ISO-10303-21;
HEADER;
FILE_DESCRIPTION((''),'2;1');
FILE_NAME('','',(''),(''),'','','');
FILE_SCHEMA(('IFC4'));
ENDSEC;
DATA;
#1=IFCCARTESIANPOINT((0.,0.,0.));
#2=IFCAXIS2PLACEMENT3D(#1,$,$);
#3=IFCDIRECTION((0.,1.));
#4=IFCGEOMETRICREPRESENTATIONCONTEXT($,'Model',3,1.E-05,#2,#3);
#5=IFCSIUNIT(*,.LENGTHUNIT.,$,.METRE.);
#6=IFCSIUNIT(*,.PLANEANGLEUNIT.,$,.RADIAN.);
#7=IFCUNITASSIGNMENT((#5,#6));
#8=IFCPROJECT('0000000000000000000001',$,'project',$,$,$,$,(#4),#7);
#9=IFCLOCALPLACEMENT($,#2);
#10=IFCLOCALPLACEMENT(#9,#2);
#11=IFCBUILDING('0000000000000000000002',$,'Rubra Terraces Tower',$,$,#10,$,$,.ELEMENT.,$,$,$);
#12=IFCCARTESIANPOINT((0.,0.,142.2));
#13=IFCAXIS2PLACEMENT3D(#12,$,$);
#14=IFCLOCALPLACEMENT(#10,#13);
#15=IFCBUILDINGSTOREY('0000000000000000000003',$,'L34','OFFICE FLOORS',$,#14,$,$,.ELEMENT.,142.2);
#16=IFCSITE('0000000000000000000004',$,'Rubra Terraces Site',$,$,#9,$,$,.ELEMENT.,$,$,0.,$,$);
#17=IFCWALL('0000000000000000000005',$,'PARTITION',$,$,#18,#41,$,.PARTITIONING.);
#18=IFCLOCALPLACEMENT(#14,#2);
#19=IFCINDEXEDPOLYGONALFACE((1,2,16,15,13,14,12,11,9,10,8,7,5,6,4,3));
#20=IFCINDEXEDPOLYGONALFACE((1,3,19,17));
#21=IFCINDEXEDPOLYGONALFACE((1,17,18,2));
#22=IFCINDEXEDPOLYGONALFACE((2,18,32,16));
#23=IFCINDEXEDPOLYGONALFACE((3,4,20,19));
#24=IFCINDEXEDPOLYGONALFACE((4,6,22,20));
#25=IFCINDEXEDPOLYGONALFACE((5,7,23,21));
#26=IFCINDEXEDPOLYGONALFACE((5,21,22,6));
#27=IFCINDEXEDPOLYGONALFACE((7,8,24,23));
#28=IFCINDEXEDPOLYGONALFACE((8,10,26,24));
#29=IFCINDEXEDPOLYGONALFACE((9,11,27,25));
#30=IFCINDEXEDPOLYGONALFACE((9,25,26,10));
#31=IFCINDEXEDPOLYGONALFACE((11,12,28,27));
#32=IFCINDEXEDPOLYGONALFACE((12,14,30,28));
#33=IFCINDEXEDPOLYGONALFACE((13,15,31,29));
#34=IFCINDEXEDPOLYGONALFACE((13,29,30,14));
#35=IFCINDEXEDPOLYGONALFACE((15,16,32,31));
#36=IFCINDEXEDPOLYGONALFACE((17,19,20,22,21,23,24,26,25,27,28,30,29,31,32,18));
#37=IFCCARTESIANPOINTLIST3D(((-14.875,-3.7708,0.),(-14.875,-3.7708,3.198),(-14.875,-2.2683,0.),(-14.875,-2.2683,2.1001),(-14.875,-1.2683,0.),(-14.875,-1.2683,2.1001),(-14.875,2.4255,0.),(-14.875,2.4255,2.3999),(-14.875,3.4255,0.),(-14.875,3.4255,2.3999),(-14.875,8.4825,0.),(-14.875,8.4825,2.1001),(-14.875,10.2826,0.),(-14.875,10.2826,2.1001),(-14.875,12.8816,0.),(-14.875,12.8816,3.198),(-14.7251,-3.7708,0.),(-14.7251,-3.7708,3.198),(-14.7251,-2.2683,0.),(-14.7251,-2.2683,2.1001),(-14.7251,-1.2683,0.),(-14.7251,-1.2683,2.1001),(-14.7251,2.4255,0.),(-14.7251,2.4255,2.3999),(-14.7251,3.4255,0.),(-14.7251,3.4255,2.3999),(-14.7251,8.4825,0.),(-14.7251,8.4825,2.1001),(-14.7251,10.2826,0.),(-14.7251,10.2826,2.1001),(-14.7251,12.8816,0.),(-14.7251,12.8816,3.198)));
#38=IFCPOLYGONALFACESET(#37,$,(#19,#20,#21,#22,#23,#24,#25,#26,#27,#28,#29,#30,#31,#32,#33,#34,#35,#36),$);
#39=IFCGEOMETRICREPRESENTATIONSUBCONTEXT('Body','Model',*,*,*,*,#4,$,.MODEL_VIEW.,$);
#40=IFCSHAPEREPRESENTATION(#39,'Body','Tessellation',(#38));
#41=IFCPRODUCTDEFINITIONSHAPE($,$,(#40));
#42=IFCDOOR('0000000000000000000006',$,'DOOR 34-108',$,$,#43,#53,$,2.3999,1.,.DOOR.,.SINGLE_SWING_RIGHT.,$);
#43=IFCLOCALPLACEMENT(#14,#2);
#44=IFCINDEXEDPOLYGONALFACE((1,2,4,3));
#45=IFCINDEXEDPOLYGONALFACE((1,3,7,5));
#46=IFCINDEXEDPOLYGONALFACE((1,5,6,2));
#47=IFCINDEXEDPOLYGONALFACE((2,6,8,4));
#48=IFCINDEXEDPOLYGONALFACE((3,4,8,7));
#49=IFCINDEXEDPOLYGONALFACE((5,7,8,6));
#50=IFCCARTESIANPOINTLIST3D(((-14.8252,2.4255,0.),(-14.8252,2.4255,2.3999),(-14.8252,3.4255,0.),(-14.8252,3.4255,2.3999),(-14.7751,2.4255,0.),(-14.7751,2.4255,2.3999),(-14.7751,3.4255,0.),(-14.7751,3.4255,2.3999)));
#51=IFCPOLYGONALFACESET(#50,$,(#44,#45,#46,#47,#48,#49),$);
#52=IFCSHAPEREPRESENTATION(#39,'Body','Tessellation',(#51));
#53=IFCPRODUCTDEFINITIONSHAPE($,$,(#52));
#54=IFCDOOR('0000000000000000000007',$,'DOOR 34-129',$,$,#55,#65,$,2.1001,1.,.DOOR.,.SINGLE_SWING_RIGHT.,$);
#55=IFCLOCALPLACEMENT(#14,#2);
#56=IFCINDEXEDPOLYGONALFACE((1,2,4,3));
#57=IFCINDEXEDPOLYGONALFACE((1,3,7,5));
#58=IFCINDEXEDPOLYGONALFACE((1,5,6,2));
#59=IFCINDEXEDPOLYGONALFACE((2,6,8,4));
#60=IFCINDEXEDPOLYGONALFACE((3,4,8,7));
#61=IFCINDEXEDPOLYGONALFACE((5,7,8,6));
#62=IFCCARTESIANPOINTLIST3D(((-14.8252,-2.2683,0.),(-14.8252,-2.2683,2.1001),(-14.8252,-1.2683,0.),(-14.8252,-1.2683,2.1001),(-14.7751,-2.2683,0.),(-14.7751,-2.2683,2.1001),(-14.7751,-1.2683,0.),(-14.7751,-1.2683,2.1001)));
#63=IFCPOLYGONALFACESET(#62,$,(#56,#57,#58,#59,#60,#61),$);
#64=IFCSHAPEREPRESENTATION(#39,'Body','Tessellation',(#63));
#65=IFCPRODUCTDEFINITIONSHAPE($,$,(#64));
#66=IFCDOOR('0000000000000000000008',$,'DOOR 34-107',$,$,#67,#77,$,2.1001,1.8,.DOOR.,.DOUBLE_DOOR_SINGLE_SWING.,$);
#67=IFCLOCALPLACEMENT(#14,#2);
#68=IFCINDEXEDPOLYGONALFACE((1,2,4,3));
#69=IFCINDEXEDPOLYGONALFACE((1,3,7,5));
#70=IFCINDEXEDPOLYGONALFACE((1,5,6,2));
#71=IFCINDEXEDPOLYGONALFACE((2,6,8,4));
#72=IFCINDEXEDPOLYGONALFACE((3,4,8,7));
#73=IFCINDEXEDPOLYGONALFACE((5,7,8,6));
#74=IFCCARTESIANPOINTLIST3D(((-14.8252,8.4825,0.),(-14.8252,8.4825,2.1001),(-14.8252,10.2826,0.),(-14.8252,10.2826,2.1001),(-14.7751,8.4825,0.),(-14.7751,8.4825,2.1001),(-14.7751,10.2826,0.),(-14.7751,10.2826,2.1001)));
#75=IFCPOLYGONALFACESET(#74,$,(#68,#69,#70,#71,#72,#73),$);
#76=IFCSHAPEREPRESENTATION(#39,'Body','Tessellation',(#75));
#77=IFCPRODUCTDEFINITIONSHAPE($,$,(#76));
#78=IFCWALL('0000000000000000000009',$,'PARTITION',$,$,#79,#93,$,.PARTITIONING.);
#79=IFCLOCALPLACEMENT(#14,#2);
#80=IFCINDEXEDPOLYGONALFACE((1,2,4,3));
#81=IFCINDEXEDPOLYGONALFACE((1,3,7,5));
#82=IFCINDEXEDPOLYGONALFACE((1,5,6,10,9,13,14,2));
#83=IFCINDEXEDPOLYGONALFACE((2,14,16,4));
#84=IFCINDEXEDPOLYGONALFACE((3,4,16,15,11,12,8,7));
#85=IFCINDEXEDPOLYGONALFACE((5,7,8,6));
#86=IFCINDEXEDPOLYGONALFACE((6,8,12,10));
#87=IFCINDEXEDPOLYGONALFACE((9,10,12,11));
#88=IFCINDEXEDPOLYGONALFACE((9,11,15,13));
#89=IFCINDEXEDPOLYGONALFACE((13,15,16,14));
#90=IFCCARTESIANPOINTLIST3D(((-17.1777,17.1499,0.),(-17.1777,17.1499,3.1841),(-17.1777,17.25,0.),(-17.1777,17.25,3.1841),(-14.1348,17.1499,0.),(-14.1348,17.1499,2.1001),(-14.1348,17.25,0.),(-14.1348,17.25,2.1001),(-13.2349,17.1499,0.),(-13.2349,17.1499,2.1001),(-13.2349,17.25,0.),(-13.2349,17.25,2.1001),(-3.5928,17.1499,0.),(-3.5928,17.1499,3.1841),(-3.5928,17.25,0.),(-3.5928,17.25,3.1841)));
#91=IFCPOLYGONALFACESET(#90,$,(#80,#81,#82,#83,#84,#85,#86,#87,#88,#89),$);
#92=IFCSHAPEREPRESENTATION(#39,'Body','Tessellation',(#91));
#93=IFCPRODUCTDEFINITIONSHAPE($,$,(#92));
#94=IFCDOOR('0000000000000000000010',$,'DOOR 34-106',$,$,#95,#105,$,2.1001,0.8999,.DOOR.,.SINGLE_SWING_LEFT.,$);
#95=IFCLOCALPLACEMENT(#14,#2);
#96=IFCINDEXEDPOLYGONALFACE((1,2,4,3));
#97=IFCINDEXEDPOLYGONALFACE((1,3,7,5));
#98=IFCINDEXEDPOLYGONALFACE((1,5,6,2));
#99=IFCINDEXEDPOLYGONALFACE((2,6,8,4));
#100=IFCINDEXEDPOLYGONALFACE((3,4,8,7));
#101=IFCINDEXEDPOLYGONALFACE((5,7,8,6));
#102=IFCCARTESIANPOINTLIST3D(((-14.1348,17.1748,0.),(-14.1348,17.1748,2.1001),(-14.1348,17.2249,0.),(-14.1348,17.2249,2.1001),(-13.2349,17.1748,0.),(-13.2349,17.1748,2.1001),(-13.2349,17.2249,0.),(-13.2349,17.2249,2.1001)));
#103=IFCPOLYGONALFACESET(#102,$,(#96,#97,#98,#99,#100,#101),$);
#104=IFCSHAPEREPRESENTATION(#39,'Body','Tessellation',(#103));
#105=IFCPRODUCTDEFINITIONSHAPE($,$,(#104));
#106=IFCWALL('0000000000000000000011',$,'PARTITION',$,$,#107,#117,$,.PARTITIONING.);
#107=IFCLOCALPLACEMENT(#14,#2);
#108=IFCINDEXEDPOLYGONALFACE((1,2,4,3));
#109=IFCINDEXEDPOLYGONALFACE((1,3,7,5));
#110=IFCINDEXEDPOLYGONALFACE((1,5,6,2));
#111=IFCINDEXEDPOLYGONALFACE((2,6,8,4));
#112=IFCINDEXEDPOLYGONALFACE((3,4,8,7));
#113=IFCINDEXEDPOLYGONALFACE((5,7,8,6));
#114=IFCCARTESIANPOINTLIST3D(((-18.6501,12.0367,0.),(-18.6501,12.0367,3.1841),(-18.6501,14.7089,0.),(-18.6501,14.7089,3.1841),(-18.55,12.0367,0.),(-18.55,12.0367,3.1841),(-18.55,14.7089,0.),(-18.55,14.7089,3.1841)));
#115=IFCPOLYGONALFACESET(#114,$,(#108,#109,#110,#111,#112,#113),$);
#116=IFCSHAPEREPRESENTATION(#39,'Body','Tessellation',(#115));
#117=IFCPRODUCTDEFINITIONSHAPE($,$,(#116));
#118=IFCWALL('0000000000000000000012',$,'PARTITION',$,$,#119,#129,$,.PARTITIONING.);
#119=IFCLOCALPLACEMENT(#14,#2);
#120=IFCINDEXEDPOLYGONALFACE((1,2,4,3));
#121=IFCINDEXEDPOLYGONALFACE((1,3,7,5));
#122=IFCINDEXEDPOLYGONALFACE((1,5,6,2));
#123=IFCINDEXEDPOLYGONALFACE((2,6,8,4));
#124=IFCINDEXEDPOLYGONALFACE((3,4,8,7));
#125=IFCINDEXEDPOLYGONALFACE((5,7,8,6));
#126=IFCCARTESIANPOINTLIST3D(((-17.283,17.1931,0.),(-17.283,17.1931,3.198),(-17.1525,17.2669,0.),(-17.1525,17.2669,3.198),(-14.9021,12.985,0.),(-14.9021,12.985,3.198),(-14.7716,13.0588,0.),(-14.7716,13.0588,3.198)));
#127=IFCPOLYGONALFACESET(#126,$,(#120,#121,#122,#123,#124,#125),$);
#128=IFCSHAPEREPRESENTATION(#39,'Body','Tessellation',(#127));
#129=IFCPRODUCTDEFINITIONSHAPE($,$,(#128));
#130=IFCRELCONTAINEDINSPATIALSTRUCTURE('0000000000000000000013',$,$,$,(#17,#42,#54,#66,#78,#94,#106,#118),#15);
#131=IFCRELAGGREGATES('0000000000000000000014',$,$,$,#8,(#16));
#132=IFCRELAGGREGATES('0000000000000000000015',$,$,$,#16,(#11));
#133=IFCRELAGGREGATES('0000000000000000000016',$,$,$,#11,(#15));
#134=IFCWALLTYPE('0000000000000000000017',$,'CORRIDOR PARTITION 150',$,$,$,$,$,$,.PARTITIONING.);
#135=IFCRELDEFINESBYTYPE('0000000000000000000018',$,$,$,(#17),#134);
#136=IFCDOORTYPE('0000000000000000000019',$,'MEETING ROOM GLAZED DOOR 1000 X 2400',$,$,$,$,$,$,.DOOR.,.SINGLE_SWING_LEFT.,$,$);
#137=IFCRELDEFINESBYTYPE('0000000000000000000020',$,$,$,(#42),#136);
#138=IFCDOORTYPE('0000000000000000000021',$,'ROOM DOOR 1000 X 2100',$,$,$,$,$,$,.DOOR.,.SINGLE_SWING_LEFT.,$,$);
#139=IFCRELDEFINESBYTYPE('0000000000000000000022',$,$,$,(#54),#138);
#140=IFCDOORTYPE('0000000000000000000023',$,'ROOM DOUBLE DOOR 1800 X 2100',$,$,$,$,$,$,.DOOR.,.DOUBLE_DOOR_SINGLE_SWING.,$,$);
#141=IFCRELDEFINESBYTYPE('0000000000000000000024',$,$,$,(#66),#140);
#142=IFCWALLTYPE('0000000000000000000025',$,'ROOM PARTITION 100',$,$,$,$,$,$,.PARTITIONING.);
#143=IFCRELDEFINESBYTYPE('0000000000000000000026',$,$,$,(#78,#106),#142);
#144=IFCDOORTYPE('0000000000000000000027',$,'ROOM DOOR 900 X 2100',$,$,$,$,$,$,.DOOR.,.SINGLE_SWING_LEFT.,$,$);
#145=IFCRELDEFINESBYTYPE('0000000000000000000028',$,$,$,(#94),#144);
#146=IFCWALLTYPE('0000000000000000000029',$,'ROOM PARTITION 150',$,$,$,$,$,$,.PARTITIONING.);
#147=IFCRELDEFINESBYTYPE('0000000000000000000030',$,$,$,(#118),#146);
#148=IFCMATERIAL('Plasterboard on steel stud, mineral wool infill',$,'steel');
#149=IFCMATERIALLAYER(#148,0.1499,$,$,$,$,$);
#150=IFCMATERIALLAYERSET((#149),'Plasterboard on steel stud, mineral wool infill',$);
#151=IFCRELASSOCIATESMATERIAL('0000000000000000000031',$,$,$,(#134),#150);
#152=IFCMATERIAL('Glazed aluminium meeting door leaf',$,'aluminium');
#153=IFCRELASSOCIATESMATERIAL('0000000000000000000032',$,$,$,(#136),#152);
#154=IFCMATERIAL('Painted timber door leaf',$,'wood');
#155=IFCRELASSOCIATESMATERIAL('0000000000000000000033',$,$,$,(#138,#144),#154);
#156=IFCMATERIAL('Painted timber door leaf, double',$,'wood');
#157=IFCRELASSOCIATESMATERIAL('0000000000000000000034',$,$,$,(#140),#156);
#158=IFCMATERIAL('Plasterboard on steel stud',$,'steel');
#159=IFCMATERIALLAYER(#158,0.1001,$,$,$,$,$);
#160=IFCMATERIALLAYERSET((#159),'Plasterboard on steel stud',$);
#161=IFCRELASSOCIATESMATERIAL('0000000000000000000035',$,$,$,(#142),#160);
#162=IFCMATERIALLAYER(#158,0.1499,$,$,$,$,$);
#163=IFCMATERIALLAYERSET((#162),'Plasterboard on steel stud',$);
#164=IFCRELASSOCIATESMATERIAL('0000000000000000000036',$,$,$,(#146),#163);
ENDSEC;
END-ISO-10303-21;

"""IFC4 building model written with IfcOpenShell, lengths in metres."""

from ifc_helpers import new_model, si_unit, direction, frame, frame_2d, origin, place, context, subcontext, project, spatial, rectangle, extrude, material, layer, layer_set, type_object, element, fill, save


model = new_model("IFC4")

# Units and contexts
model_context = context("Model", 3, precision=1e-05, world=origin(), true_north=direction((0.0, 1.0)))
body_context = subcontext(model_context, "Body", "Model", "MODEL_VIEW")
ifc_project = project(units=[si_unit("LENGTHUNIT", "METRE"), si_unit("PLANEANGLEUNIT", "RADIAN")], contexts=[model_context])

# Site, building, storey
site_placement = place(None, origin())
site = spatial("IfcSite", under=ifc_project, at=site_placement, Name="Rubra Terraces Site", CompositionType="ELEMENT", RefElevation=0.0)
building_placement = place(site_placement, origin())
building = spatial("IfcBuilding", under=site, at=building_placement, Name="Rubra Terraces Tower", CompositionType="ELEMENT")
storey_placement = place(building_placement, frame((0.0, 0.0, 142.2)))
storey = spatial("IfcBuildingStorey", under=building, at=storey_placement, Name="L34", Description="OFFICE FLOORS", CompositionType="ELEMENT", Elevation=142.2)

# Shared definitions
ifc_material_1 = material(Name="Plasterboard on steel stud, mineral wool infill", Category="steel")
ifc_layer_1 = layer(ifc_material_1, 0.1499)
ifc_layer_set_1 = layer_set([ifc_layer_1], Name="Plasterboard on steel stud, mineral wool infill")
wall_type_1 = type_object("IfcWallType", Name="CORRIDOR PARTITION 150", PredefinedType="PARTITIONING", material=ifc_layer_set_1)

# Wall, openings, doors
wall_1_placement = place(storey_placement, frame((-14.8, 12.8816, 0.0), z_axis=(0.0, 0.0, 1.0), x_axis=(0.0, -1.0, 0.0)))
wall_1 = element("IfcWall", 1, at=wall_1_placement, inside=storey, type_object=wall_type_1, Name="PARTITION", PredefinedType="PARTITIONING", context=body_context, shape_type="SweptSolid", body=[
    extrude(rectangle(XDim=16.6523, YDim=0.1499, at=frame_2d((8.3262, 0.0))), origin(), (0.0, 0.0, 1.0), 3.198),
])
opening_1_placement = place(wall_1_placement, frame((2.5991, 0.0, 0.0)))
opening_1 = element("IfcOpeningElement", 2, at=opening_1_placement, cuts=wall_1, PredefinedType="OPENING", context=body_context, shape_type="SweptSolid", body=[
    extrude(rectangle(XDim=1.8, YDim=2.1001, at=frame_2d((0.8999, 1.05))), frame((0.0, 0.085, 0.0), z_axis=(0.0, -1.0, 0.0), x_axis=(1.0, 0.0, 0.0)), (0.0, 0.0, 1.0), 0.1699),
])
opening_2_placement = place(wall_1_placement, frame((9.4561, 0.0, 0.0)))
opening_2 = element("IfcOpeningElement", 3, at=opening_2_placement, cuts=wall_1, PredefinedType="OPENING", context=body_context, shape_type="SweptSolid", body=[
    extrude(rectangle(XDim=1.0, YDim=2.3999, at=frame_2d((0.5, 1.2))), frame((0.0, 0.085, 0.0), z_axis=(0.0, -1.0, 0.0), x_axis=(1.0, 0.0, 0.0)), (0.0, 0.0, 1.0), 0.1699),
])
opening_3_placement = place(wall_1_placement, frame((14.1499, 0.0, 0.0)))
opening_3 = element("IfcOpeningElement", 4, at=opening_3_placement, cuts=wall_1, PredefinedType="OPENING", context=body_context, shape_type="SweptSolid", body=[
    extrude(rectangle(XDim=1.0, YDim=2.1001, at=frame_2d((0.5, 1.05))), frame((0.0, 0.085, 0.0), z_axis=(0.0, -1.0, 0.0), x_axis=(1.0, 0.0, 0.0)), (0.0, 0.0, 1.0), 0.1699),
])
ifc_material_2 = material(Name="Glazed aluminium meeting door leaf", Category="aluminium")
door_type_1 = type_object("IfcDoorType", Name="MEETING ROOM GLAZED DOOR 1000 X 2400", OperationType="SINGLE_SWING_LEFT", PredefinedType="DOOR", material=ifc_material_2)
door_1_placement = place(opening_2_placement, origin())
door_1 = element("IfcDoor", 5, at=door_1_placement, inside=storey, type_object=door_type_1, Name="DOOR 34-108", OperationType="SINGLE_SWING_RIGHT", OverallHeight=2.3999, OverallWidth=1.0, PredefinedType="DOOR", context=body_context, shape_type="SweptSolid", body=[
    extrude(rectangle(XDim=1.0, YDim=2.3999, at=frame_2d((0.5, 1.2))), frame((0.0, 0.0249, 0.0), z_axis=(0.0, -1.0, 0.0), x_axis=(1.0, 0.0, 0.0)), (0.0, 0.0, 1.0), 0.05),
])
fill(opening_2, door_1)
ifc_material_3 = material(Name="Painted timber door leaf", Category="wood")
door_type_2 = type_object("IfcDoorType", Name="ROOM DOOR 1000 X 2100", OperationType="SINGLE_SWING_LEFT", PredefinedType="DOOR", material=ifc_material_3)
door_2_placement = place(opening_3_placement, origin())
door_2 = element("IfcDoor", 6, at=door_2_placement, inside=storey, type_object=door_type_2, Name="DOOR 34-129", OperationType="SINGLE_SWING_RIGHT", OverallHeight=2.1001, OverallWidth=1.0, PredefinedType="DOOR", context=body_context, shape_type="SweptSolid", body=[
    extrude(rectangle(XDim=1.0, YDim=2.1001, at=frame_2d((0.5, 1.05))), frame((0.0, 0.0249, 0.0), z_axis=(0.0, -1.0, 0.0), x_axis=(1.0, 0.0, 0.0)), (0.0, 0.0, 1.0), 0.05),
])
fill(opening_3, door_2)
ifc_material_4 = material(Name="Painted timber door leaf, double", Category="wood")
door_type_3 = type_object("IfcDoorType", Name="ROOM DOUBLE DOOR 1800 X 2100", OperationType="DOUBLE_DOOR_SINGLE_SWING", PredefinedType="DOOR", material=ifc_material_4)
door_3_placement = place(opening_1_placement, origin())
door_3 = element("IfcDoor", 7, at=door_3_placement, inside=storey, type_object=door_type_3, Name="DOOR 34-107", OperationType="DOUBLE_DOOR_SINGLE_SWING", OverallHeight=2.1001, OverallWidth=1.8, PredefinedType="DOOR", context=body_context, shape_type="SweptSolid", body=[
    extrude(rectangle(XDim=1.8, YDim=2.1001, at=frame_2d((0.8999, 1.05))), frame((0.0, 0.0249, 0.0), z_axis=(0.0, -1.0, 0.0), x_axis=(1.0, 0.0, 0.0)), (0.0, 0.0, 1.0), 0.05),
])
fill(opening_1, door_3)

# Wall, opening, door
ifc_material_5 = material(Name="Plasterboard on steel stud", Category="steel")
ifc_layer_2 = layer(ifc_material_5, 0.1001)
ifc_layer_set_2 = layer_set([ifc_layer_2], Name="Plasterboard on steel stud")
wall_type_2 = type_object("IfcWallType", Name="ROOM PARTITION 100", PredefinedType="PARTITIONING", material=ifc_layer_set_2)
wall_2_placement = place(storey_placement, frame((-17.1777, 17.2, 0.0), z_axis=(0.0, 0.0, 1.0), x_axis=(1.0, 0.0, 0.0)))
wall_2 = element("IfcWall", 8, at=wall_2_placement, inside=storey, type_object=wall_type_2, Name="PARTITION", PredefinedType="PARTITIONING", context=body_context, shape_type="SweptSolid", body=[
    extrude(rectangle(XDim=13.585, YDim=0.1001, at=frame_2d((6.7925, 0.0))), origin(), (0.0, 0.0, 1.0), 3.1841),
])
opening_4_placement = place(wall_2_placement, frame((3.043, 0.0, 0.0)))
opening_4 = element("IfcOpeningElement", 9, at=opening_4_placement, cuts=wall_2, PredefinedType="OPENING", context=body_context, shape_type="SweptSolid", body=[
    extrude(rectangle(XDim=0.8999, YDim=2.1001, at=frame_2d((0.45, 1.05))), frame((0.0, 0.0601, 0.0), z_axis=(0.0, -1.0, 0.0), x_axis=(1.0, 0.0, 0.0)), (0.0, 0.0, 1.0), 0.1201),
])
door_type_4 = type_object("IfcDoorType", Name="ROOM DOOR 900 X 2100", OperationType="SINGLE_SWING_LEFT", PredefinedType="DOOR", material=ifc_material_3)
door_4_placement = place(opening_4_placement, origin())
door_4 = element("IfcDoor", 10, at=door_4_placement, inside=storey, type_object=door_type_4, Name="DOOR 34-106", OperationType="SINGLE_SWING_LEFT", OverallHeight=2.1001, OverallWidth=0.8999, PredefinedType="DOOR", context=body_context, shape_type="SweptSolid", body=[
    extrude(rectangle(XDim=0.8999, YDim=2.1001, at=frame_2d((0.45, 1.05))), frame((0.0, 0.0249, 0.0), z_axis=(0.0, -1.0, 0.0), x_axis=(1.0, 0.0, 0.0)), (0.0, 0.0, 1.0), 0.05),
])
fill(opening_4, door_4)

# Walls
wall_3_placement = place(storey_placement, frame((-18.6001, 12.0369, 0.0), z_axis=(0.0, 0.0, 1.0), x_axis=(0.0, 1.0, 0.0)))
element("IfcWall", 11, at=wall_3_placement, inside=storey, type_object=wall_type_2, Name="PARTITION", PredefinedType="PARTITIONING", context=body_context, shape_type="SweptSolid", body=[
    extrude(rectangle(XDim=2.6721, YDim=0.1001, at=frame_2d((1.3359, 0.0))), origin(), (0.0, 0.0, 1.0), 3.1841),
])
ifc_layer_3 = layer(ifc_material_5, 0.1499)
ifc_layer_set_3 = layer_set([ifc_layer_3], Name="Plasterboard on steel stud")
wall_type_3 = type_object("IfcWallType", Name="ROOM PARTITION 150", PredefinedType="PARTITIONING", material=ifc_layer_set_3)
wall_4_placement = place(storey_placement, frame((-17.2178, 17.23, 0.0), z_axis=(0.0, 0.0, 1.0), x_axis=(0.492437, -0.870348, 0.0)))
element("IfcWall", 12, at=wall_4_placement, inside=storey, type_object=wall_type_3, Name="PARTITION", PredefinedType="PARTITIONING", context=body_context, shape_type="SweptSolid", body=[
    extrude(rectangle(XDim=4.835, YDim=0.1499, at=frame_2d((2.4175, 0.0))), origin(), (0.0, 0.0, 1.0), 3.198),
])

save(model, "model.ifc")
